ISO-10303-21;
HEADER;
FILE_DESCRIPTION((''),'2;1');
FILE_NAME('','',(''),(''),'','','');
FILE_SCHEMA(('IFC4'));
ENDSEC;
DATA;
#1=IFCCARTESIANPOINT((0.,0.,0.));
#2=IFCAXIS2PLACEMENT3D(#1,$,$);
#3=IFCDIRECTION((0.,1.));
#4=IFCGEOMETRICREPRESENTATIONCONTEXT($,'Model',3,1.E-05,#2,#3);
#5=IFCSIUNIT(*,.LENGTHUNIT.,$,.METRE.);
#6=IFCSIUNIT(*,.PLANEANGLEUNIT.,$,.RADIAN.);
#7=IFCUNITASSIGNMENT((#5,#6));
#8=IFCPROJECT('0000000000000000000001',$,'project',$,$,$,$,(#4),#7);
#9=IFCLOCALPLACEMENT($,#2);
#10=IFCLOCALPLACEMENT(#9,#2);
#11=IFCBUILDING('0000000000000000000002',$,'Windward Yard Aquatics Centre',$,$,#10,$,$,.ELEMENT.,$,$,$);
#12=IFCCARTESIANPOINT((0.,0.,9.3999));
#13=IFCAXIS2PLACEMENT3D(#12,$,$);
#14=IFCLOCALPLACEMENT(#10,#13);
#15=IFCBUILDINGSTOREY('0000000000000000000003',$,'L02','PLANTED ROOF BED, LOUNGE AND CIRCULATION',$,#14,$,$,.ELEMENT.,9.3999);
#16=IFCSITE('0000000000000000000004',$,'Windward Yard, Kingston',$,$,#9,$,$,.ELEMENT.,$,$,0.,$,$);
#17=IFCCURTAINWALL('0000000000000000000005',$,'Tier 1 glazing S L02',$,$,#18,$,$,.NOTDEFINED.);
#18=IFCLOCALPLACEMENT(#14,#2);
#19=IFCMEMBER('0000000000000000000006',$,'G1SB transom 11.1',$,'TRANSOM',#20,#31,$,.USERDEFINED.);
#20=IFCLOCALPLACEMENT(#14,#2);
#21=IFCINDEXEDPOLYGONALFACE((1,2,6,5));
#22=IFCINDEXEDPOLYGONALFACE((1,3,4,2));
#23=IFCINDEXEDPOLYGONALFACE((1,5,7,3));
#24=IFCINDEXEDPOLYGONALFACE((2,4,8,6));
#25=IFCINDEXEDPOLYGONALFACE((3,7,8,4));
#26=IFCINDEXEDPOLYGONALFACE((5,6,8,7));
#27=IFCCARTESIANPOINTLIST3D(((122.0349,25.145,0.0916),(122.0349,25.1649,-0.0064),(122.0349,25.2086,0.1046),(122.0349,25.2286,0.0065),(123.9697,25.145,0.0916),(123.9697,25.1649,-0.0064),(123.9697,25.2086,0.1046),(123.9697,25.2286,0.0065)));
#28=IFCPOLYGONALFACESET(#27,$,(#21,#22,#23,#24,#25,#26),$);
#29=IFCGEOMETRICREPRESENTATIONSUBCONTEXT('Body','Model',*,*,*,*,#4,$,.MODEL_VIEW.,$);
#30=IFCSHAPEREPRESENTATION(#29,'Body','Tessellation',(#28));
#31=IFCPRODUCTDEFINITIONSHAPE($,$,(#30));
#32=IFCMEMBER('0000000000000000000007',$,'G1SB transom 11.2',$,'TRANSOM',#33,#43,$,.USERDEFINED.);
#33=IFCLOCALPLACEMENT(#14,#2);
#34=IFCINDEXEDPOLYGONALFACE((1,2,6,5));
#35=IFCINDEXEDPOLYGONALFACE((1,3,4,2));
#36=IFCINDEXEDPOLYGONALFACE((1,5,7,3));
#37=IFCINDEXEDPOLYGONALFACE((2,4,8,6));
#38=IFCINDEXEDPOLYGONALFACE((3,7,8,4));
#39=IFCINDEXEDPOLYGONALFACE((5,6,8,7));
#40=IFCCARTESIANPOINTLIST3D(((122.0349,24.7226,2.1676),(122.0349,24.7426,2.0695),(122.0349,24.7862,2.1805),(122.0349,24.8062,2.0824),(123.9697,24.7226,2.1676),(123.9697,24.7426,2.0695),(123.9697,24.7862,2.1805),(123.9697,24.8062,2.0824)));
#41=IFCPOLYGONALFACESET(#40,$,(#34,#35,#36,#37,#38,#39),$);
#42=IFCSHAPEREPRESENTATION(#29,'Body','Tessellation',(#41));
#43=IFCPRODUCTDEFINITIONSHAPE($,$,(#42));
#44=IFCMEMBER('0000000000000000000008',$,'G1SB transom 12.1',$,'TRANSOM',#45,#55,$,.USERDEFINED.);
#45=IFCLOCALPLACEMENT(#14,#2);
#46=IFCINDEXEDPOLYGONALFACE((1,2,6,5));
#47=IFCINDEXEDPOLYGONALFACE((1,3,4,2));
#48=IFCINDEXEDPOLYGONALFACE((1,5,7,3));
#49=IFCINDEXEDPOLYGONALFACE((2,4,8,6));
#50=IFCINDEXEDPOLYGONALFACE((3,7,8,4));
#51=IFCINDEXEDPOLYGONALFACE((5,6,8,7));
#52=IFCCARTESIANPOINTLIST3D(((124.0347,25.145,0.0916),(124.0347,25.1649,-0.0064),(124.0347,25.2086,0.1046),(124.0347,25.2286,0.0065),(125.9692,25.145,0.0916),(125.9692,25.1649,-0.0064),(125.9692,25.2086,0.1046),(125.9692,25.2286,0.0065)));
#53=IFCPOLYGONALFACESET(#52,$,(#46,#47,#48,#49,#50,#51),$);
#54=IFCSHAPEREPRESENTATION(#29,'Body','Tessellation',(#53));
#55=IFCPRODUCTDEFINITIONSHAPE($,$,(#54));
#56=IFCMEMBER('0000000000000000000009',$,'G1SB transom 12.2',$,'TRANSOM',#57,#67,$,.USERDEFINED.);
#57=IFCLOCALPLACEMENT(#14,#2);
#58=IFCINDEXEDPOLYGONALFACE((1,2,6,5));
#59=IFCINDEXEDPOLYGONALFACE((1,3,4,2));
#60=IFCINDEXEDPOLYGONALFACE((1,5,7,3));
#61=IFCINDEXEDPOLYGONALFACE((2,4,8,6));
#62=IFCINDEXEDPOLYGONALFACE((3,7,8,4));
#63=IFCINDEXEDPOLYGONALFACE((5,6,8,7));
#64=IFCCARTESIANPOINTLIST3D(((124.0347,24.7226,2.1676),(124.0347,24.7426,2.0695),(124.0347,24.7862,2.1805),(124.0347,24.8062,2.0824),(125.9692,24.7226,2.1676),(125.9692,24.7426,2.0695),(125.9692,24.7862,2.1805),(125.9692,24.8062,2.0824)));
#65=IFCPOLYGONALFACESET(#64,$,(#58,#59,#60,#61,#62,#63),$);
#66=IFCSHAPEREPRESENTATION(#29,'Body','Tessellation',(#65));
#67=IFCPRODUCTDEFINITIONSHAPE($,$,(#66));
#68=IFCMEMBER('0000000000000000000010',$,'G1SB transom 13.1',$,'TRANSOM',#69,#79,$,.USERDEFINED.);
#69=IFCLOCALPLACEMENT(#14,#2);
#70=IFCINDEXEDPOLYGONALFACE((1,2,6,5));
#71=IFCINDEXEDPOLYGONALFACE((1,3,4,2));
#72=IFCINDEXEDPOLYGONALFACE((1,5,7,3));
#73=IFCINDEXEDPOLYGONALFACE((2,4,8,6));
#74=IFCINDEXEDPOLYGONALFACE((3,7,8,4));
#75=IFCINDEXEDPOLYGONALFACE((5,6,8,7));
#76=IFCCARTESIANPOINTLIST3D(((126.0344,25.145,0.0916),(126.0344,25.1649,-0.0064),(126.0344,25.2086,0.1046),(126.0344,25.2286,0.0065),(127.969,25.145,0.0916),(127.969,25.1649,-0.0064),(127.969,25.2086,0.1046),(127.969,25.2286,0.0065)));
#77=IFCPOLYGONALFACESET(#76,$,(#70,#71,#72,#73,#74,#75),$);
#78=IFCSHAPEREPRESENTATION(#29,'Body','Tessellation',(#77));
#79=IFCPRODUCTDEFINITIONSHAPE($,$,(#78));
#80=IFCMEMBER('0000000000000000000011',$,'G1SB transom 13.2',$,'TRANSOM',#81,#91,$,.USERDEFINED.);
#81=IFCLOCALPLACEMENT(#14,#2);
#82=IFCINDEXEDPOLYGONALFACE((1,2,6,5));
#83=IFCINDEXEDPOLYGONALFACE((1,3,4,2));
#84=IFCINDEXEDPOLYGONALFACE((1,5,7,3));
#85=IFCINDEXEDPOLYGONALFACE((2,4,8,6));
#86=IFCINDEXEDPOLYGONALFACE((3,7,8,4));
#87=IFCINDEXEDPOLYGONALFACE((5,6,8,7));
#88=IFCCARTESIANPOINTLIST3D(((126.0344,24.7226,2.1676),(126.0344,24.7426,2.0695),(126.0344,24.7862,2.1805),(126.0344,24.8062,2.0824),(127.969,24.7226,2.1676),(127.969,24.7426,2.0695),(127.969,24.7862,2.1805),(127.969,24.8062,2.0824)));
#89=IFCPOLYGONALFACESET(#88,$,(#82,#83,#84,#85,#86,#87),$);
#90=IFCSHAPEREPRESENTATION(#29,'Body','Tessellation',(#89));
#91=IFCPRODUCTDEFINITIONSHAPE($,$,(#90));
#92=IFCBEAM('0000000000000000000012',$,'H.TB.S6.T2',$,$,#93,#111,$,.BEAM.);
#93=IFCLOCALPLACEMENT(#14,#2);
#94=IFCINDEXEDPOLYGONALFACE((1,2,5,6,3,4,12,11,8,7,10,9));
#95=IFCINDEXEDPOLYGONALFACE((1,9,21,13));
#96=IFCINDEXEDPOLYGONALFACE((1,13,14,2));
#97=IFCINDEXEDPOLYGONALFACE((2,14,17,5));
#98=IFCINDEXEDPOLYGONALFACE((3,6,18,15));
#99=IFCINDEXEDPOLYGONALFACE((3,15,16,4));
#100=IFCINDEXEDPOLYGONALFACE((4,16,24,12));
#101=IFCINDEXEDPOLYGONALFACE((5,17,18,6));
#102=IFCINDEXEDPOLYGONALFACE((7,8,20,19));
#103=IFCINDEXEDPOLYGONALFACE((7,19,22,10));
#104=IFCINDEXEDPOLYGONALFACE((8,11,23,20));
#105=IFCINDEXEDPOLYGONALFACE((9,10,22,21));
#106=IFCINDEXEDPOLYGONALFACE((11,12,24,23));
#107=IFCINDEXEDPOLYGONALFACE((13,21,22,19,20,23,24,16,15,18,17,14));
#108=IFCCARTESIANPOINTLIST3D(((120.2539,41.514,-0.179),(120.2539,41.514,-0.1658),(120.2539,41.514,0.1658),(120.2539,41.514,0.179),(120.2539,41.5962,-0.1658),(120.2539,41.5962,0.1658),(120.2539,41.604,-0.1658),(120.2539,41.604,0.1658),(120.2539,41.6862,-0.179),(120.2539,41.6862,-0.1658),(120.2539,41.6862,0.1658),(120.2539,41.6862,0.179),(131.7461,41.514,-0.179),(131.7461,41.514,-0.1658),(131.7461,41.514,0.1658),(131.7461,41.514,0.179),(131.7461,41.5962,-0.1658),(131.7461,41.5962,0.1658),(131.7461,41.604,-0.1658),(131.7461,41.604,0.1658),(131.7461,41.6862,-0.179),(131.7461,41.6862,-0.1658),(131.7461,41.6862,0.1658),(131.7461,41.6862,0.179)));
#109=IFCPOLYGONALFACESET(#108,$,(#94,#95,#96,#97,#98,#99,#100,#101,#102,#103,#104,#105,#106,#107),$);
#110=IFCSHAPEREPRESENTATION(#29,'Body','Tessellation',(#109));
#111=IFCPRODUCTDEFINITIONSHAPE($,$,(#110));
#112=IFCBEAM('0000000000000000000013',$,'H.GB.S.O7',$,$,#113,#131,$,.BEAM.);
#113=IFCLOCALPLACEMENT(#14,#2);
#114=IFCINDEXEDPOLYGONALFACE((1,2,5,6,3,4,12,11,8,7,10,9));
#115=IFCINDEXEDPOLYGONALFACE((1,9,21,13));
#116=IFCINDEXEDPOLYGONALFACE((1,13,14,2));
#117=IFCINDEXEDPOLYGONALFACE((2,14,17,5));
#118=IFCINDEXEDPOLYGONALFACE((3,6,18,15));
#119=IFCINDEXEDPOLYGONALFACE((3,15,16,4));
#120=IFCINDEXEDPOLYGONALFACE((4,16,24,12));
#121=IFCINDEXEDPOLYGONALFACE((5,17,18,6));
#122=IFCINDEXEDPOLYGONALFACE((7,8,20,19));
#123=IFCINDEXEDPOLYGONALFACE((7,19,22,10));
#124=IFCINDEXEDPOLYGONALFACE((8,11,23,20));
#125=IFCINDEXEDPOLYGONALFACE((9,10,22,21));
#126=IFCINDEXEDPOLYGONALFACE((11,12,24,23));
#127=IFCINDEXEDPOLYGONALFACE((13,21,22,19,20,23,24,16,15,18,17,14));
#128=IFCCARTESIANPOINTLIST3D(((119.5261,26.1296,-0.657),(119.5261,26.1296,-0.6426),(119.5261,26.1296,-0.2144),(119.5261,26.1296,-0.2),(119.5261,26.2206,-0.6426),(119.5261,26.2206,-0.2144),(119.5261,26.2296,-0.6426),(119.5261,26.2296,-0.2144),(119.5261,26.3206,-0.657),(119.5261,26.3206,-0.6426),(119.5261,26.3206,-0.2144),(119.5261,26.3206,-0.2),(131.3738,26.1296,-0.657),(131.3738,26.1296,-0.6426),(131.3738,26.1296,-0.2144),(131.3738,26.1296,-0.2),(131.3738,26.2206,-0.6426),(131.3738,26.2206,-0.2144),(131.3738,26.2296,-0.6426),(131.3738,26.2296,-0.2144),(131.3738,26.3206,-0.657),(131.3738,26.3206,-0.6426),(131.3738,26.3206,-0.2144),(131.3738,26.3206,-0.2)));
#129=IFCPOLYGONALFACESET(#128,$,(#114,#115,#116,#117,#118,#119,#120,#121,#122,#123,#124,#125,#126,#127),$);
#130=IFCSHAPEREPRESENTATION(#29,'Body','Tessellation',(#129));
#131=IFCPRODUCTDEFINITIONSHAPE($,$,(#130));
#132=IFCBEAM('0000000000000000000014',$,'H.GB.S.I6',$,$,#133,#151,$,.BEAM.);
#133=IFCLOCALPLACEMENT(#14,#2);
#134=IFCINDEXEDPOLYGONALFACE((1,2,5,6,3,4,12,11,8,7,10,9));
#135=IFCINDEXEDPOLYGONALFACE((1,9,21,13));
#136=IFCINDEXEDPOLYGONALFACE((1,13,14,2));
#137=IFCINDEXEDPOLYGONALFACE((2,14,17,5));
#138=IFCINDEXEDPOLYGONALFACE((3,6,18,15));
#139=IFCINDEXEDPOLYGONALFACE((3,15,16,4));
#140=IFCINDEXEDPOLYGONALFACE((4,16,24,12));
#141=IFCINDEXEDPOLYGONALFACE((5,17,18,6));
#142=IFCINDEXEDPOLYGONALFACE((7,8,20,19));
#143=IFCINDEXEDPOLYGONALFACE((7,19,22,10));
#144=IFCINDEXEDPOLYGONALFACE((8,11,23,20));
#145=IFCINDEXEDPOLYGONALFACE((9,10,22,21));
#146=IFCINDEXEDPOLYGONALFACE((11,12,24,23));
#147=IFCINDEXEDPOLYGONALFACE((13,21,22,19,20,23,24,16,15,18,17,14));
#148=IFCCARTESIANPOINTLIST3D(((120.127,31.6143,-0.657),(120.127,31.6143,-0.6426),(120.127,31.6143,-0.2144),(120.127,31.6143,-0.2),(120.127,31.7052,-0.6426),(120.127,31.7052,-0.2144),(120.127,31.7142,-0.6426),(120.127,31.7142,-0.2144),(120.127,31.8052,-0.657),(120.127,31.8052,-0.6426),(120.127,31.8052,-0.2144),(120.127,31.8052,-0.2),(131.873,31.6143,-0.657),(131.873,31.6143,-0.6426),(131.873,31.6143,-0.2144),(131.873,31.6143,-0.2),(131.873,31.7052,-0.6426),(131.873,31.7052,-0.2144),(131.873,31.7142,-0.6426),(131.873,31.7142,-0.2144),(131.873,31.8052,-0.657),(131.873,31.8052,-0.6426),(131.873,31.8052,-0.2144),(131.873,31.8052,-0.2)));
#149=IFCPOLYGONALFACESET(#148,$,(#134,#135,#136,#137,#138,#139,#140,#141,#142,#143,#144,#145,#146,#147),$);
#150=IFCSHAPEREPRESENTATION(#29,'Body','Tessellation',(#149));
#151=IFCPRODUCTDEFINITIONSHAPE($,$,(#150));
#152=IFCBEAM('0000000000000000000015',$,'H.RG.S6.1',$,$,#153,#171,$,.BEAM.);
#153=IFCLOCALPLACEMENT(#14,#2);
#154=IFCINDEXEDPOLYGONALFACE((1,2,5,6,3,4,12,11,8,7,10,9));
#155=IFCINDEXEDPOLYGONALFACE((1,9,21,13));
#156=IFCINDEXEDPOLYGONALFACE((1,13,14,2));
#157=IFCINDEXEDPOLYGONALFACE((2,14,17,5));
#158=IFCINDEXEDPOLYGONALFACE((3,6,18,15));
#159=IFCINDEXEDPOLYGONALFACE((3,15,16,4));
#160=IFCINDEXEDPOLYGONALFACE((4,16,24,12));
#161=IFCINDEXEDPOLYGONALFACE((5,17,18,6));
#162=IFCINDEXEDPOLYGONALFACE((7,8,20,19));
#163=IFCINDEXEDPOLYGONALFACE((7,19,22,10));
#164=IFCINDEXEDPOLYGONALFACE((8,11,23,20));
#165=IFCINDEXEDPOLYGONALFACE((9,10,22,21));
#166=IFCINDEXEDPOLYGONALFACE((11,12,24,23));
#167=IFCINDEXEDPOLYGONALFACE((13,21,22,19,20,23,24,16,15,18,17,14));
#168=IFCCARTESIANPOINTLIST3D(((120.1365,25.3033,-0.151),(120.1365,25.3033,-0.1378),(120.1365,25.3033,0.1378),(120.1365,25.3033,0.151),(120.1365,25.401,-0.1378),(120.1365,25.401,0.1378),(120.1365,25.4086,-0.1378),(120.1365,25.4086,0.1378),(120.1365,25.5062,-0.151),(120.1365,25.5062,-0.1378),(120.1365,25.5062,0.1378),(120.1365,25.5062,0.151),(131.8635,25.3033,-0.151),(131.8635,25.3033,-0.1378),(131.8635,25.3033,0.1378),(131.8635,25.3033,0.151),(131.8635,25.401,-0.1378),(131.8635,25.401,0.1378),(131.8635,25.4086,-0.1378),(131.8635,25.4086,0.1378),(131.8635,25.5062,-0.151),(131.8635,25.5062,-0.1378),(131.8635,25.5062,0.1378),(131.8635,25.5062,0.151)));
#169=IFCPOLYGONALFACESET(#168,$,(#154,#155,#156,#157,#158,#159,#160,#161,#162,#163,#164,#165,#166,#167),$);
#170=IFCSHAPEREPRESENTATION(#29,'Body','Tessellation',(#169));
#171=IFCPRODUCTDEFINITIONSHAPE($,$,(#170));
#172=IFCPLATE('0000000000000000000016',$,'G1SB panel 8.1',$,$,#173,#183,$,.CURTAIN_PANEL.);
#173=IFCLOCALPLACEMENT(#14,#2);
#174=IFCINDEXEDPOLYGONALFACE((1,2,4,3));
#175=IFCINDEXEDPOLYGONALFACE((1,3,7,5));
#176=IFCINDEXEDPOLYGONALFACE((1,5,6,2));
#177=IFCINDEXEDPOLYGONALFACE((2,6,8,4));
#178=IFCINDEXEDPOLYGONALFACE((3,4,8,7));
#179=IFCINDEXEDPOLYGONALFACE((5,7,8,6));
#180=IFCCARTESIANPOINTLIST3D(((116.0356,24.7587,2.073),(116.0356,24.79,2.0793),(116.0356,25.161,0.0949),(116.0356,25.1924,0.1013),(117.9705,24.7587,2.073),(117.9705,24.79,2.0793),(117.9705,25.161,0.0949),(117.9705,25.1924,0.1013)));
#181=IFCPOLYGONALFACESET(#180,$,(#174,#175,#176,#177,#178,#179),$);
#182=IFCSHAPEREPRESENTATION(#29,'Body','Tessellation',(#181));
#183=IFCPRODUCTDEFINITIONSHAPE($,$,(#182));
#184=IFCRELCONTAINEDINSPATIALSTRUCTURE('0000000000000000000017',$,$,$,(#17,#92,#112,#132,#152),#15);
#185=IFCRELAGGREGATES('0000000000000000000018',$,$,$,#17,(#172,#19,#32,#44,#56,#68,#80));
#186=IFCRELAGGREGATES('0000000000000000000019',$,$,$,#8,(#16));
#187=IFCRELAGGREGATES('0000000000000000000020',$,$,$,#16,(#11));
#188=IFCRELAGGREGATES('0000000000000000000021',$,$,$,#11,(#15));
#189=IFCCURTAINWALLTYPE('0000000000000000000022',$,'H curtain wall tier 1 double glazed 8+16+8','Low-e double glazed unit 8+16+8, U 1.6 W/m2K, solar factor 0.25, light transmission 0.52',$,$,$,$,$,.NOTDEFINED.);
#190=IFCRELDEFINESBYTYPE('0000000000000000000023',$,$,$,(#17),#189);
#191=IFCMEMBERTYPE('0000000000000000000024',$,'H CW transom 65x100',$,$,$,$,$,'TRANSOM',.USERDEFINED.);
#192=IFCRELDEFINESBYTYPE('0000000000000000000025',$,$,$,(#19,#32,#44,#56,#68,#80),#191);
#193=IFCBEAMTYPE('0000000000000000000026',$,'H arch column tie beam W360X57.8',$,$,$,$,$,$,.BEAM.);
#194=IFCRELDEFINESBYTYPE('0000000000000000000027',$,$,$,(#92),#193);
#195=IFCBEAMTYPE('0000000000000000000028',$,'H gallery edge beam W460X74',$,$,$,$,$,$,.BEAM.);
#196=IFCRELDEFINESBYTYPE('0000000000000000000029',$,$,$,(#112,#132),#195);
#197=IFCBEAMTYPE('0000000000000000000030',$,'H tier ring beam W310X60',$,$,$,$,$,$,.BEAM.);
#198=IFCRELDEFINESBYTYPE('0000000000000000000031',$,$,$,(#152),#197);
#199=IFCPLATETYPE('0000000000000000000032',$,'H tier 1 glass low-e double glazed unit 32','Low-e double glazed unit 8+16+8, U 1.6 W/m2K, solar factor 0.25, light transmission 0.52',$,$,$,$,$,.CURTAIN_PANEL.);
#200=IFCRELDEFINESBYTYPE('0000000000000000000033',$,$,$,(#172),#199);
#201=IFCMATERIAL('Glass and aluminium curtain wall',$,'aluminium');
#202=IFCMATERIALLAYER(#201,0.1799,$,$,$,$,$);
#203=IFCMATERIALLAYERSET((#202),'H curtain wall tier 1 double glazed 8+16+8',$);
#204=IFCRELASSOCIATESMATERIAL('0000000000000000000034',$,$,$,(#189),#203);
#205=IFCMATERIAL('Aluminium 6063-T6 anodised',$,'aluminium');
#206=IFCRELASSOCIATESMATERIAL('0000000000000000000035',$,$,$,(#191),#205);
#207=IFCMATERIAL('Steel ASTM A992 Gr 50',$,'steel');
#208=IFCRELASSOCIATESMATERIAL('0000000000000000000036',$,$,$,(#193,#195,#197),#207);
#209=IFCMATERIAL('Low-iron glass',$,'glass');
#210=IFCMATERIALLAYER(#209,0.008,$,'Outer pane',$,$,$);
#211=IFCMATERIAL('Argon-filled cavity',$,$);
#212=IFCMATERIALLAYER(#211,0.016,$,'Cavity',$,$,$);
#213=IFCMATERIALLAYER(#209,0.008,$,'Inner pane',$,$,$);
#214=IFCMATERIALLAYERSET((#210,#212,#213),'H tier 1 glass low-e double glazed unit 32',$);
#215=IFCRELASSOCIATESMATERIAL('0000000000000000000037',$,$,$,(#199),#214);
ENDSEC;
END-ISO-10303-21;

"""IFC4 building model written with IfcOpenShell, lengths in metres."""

from ifc_helpers import new_model, si_unit, direction, frame, origin, origin_2d, place, context, subcontext, project, spatial, polyline, rectangle, i_section, outline, extrude, material, layer, layer_set, material_profile, profile_set, type_object, element, aggregate, save


model = new_model("IFC4")

# Units and contexts
model_context = context("Model", 3, precision=1e-05, world=origin(), true_north=direction((0.0, 1.0)))
body_context = subcontext(model_context, "Body", "Model", "MODEL_VIEW")
ifc_project = project(units=[si_unit("LENGTHUNIT", "METRE"), si_unit("PLANEANGLEUNIT", "RADIAN")], contexts=[model_context])

# Site, building, storey
site_placement = place(None, origin())
site = spatial("IfcSite", under=ifc_project, at=site_placement, Name="Windward Yard, Kingston", CompositionType="ELEMENT", RefElevation=0.0)
building_placement = place(site_placement, origin())
building = spatial("IfcBuilding", under=site, at=building_placement, Name="Windward Yard Aquatics Centre", CompositionType="ELEMENT")
storey_placement = place(building_placement, frame((0.0, 0.0, 9.3999)))
storey = spatial("IfcBuildingStorey", under=building, at=storey_placement, Name="L02", Description="PLANTED ROOF BED, LOUNGE AND CIRCULATION", CompositionType="ELEMENT", Elevation=9.3999)

# Curtain wall, members
ifc_material_1 = material(Name="Glass and aluminium curtain wall", Category="aluminium")
ifc_layer_1 = layer(ifc_material_1, 0.1799)
ifc_layer_set_1 = layer_set([ifc_layer_1], Name="H curtain wall tier 1 double glazed 8+16+8")
curtain_wall_type = type_object("IfcCurtainWallType", Name="H curtain wall tier 1 double glazed 8+16+8", Description="Low-e double glazed unit 8+16+8, U 1.6 W/m2K, solar factor 0.25, light transmission 0.52", PredefinedType="NOTDEFINED", material=ifc_layer_set_1)
curtain_wall_placement = place(storey_placement, origin())
curtain_wall = element("IfcCurtainWall", 1, at=curtain_wall_placement, inside=storey, type_object=curtain_wall_type, Name="Tier 1 glazing S L02", PredefinedType="NOTDEFINED")
ifc_material_2 = material(Name="Aluminium 6063-T6 anodised", Category="aluminium")
ifc_material_profile_1 = material_profile(ifc_material_2, rectangle(XDim=0.0649, YDim=0.1001, at=origin_2d()), Name="H CW transom 65x100")
ifc_profile_set_1 = profile_set([ifc_material_profile_1], Name="Aluminium 6063-T6 anodised")
member_type_1 = type_object("IfcMemberType", Name="H CW transom 65x100", ElementType="TRANSOM", PredefinedType="USERDEFINED", material=ifc_profile_set_1)
member_1_placement = place(storey_placement, frame((122.0349, 25.1868, 0.0491), z_axis=(1.0, 0.0, 0.0), x_axis=(0.0, 0.979925, 0.199368)))
member_1 = element("IfcMember", 2, at=member_1_placement, type_object=member_type_1, Name="G1SB transom 11.1", ObjectType="TRANSOM", PredefinedType="USERDEFINED", context=body_context, shape_type="SweptSolid", body=[
    extrude(rectangle(XDim=0.0649, YDim=0.1001, at=origin_2d()), origin(), (0.0, 0.0, 1.0), 1.9348),
])
member_2_placement = place(storey_placement, frame((122.0349, 24.7644, 2.125), z_axis=(1.0, 0.0, 0.0), x_axis=(0.0, 0.979925, 0.199368)))
member_2 = element("IfcMember", 3, at=member_2_placement, type_object=member_type_1, Name="G1SB transom 11.2", ObjectType="TRANSOM", PredefinedType="USERDEFINED", context=body_context, shape_type="SweptSolid", body=[
    extrude(rectangle(XDim=0.0649, YDim=0.1001, at=origin_2d()), origin(), (0.0, 0.0, 1.0), 1.9348),
])
member_3_placement = place(storey_placement, frame((124.0347, 25.1868, 0.0491), z_axis=(1.0, 0.0, 0.0), x_axis=(0.0, 0.979925, 0.199368)))
member_3 = element("IfcMember", 4, at=member_3_placement, type_object=member_type_1, Name="G1SB transom 12.1", ObjectType="TRANSOM", PredefinedType="USERDEFINED", context=body_context, shape_type="SweptSolid", body=[
    extrude(rectangle(XDim=0.0649, YDim=0.1001, at=origin_2d()), origin(), (0.0, 0.0, 1.0), 1.9346),
])
member_4_placement = place(storey_placement, frame((124.0347, 24.7644, 2.125), z_axis=(1.0, 0.0, 0.0), x_axis=(0.0, 0.979925, 0.199368)))
member_4 = element("IfcMember", 5, at=member_4_placement, type_object=member_type_1, Name="G1SB transom 12.2", ObjectType="TRANSOM", PredefinedType="USERDEFINED", context=body_context, shape_type="SweptSolid", body=[
    extrude(rectangle(XDim=0.0649, YDim=0.1001, at=origin_2d()), origin(), (0.0, 0.0, 1.0), 1.9346),
])
member_5_placement = place(storey_placement, frame((126.0344, 25.1868, 0.0491), z_axis=(1.0, 0.0, 0.0), x_axis=(0.0, 0.979925, 0.199368)))
member_5 = element("IfcMember", 6, at=member_5_placement, type_object=member_type_1, Name="G1SB transom 13.1", ObjectType="TRANSOM", PredefinedType="USERDEFINED", context=body_context, shape_type="SweptSolid", body=[
    extrude(rectangle(XDim=0.0649, YDim=0.1001, at=origin_2d()), origin(), (0.0, 0.0, 1.0), 1.9346),
])
member_6_placement = place(storey_placement, frame((126.0344, 24.7644, 2.125), z_axis=(1.0, 0.0, 0.0), x_axis=(0.0, 0.979925, 0.199368)))
member_6 = element("IfcMember", 7, at=member_6_placement, type_object=member_type_1, Name="G1SB transom 13.2", ObjectType="TRANSOM", PredefinedType="USERDEFINED", context=body_context, shape_type="SweptSolid", body=[
    extrude(rectangle(XDim=0.0649, YDim=0.1001, at=origin_2d()), origin(), (0.0, 0.0, 1.0), 1.9346),
])

# Beams
ifc_material_3 = material(Name="Steel ASTM A992 Gr 50", Category="steel")
ifc_material_profile_2 = material_profile(ifc_material_3, i_section(OverallWidth=0.1721, OverallDepth=0.3579, WebThickness=0.0078, FlangeThickness=0.0132, at=origin_2d()), Name="W360X57.8")
ifc_profile_set_2 = profile_set([ifc_material_profile_2], Name="Steel ASTM A992 Gr 50")
beam_type_1 = type_object("IfcBeamType", Name="H arch column tie beam W360X57.8", PredefinedType="BEAM", material=ifc_profile_set_2)
beam_1_placement = place(storey_placement, frame((120.2539, 41.6001, 0.0), z_axis=(1.0, 0.0, 0.0), x_axis=(0.0, 1.0, 0.0)))
element("IfcBeam", 8, at=beam_1_placement, inside=storey, type_object=beam_type_1, Name="H.TB.S6.T2", PredefinedType="BEAM", context=body_context, shape_type="SweptSolid", body=[
    extrude(i_section(OverallWidth=0.1721, OverallDepth=0.3579, WebThickness=0.0078, FlangeThickness=0.0132, at=origin_2d()), origin(), (0.0, 0.0, 1.0), 11.4922),
])
ifc_material_profile_3 = material_profile(ifc_material_3, i_section(OverallWidth=0.1909, OverallDepth=0.457, WebThickness=0.009, FlangeThickness=0.0144, at=origin_2d()), Name="W460X74")
ifc_profile_set_3 = profile_set([ifc_material_profile_3], Name="Steel ASTM A992 Gr 50")
beam_type_2 = type_object("IfcBeamType", Name="H gallery edge beam W460X74", PredefinedType="BEAM", material=ifc_profile_set_3)
beam_2_placement = place(storey_placement, frame((119.5261, 26.2251, -0.4285), z_axis=(1.0, 0.0, 0.0), x_axis=(0.0, 1.0, 0.0)))
element("IfcBeam", 9, at=beam_2_placement, inside=storey, type_object=beam_type_2, Name="H.GB.S.O7", PredefinedType="BEAM", context=body_context, shape_type="SweptSolid", body=[
    extrude(i_section(OverallWidth=0.1909, OverallDepth=0.457, WebThickness=0.009, FlangeThickness=0.0144, at=origin_2d()), origin(), (0.0, 0.0, 1.0), 11.8477),
])
beam_3_placement = place(storey_placement, frame((120.127, 31.7097, -0.4285), z_axis=(1.0, 0.0, 0.0), x_axis=(0.0, 1.0, 0.0)))
element("IfcBeam", 10, at=beam_3_placement, inside=storey, type_object=beam_type_2, Name="H.GB.S.I6", PredefinedType="BEAM", context=body_context, shape_type="SweptSolid", body=[
    extrude(i_section(OverallWidth=0.1909, OverallDepth=0.457, WebThickness=0.009, FlangeThickness=0.0144, at=origin_2d()), origin(), (0.0, 0.0, 1.0), 11.7461),
])
ifc_material_profile_4 = material_profile(ifc_material_3, i_section(OverallWidth=0.2029, OverallDepth=0.302, WebThickness=0.0076, FlangeThickness=0.0132, at=origin_2d()), Name="W310X60")
ifc_profile_set_4 = profile_set([ifc_material_profile_4], Name="Steel ASTM A992 Gr 50")
beam_type_3 = type_object("IfcBeamType", Name="H tier ring beam W310X60", PredefinedType="BEAM", material=ifc_profile_set_4)
beam_4_placement = place(storey_placement, frame((120.1365, 25.4048, 0.0), z_axis=(1.0, 0.0, 0.0), x_axis=(0.0, 1.0, 0.0)))
element("IfcBeam", 11, at=beam_4_placement, inside=storey, type_object=beam_type_3, Name="H.RG.S6.1", PredefinedType="BEAM", context=body_context, shape_type="SweptSolid", body=[
    extrude(i_section(OverallWidth=0.2029, OverallDepth=0.302, WebThickness=0.0076, FlangeThickness=0.0132, at=origin_2d()), origin(), (0.0, 0.0, 1.0), 11.7271),
])

# Plate
ifc_material_4 = material(Name="Low-iron glass", Category="glass")
ifc_layer_2 = layer(ifc_material_4, 0.008, Name="Outer pane")
ifc_material_5 = material(Name="Argon-filled cavity")
ifc_layer_3 = layer(ifc_material_5, 0.016, Name="Cavity")
ifc_layer_4 = layer(ifc_material_4, 0.008, Name="Inner pane")
ifc_layer_set_2 = layer_set([ifc_layer_2, ifc_layer_3, ifc_layer_4], Name="H tier 1 glass low-e double glazed unit 32")
plate_type = type_object("IfcPlateType", Name="H tier 1 glass low-e double glazed unit 32", Description="Low-e double glazed unit 8+16+8, U 1.6 W/m2K, solar factor 0.25, light transmission 0.52", PredefinedType="CURTAIN_PANEL", material=ifc_layer_set_2)
plate_1_placement = place(storey_placement, frame((116.0356, 24.79, 2.0793), z_axis=(0.0, 0.979933, 0.199325), x_axis=(0.0, 0.199325, -0.979933)))
plate_1 = element("IfcPlate", 12, at=plate_1_placement, type_object=plate_type, Name="G1SB panel 8.1", PredefinedType="CURTAIN_PANEL", context=body_context, shape_type="SweptSolid", body=[
    extrude(outline(polyline([(0.0, 0.0), (2.0185, 0.0), (2.0185, -1.9348), (0.0, -1.9348), (0.0, 0.0)])), origin(), (0.0, 0.0, -1.0), 0.032),
])
aggregate(curtain_wall, [plate_1, member_1, member_2, member_3, member_4, member_5, member_6])

save(model, "model.ifc")
